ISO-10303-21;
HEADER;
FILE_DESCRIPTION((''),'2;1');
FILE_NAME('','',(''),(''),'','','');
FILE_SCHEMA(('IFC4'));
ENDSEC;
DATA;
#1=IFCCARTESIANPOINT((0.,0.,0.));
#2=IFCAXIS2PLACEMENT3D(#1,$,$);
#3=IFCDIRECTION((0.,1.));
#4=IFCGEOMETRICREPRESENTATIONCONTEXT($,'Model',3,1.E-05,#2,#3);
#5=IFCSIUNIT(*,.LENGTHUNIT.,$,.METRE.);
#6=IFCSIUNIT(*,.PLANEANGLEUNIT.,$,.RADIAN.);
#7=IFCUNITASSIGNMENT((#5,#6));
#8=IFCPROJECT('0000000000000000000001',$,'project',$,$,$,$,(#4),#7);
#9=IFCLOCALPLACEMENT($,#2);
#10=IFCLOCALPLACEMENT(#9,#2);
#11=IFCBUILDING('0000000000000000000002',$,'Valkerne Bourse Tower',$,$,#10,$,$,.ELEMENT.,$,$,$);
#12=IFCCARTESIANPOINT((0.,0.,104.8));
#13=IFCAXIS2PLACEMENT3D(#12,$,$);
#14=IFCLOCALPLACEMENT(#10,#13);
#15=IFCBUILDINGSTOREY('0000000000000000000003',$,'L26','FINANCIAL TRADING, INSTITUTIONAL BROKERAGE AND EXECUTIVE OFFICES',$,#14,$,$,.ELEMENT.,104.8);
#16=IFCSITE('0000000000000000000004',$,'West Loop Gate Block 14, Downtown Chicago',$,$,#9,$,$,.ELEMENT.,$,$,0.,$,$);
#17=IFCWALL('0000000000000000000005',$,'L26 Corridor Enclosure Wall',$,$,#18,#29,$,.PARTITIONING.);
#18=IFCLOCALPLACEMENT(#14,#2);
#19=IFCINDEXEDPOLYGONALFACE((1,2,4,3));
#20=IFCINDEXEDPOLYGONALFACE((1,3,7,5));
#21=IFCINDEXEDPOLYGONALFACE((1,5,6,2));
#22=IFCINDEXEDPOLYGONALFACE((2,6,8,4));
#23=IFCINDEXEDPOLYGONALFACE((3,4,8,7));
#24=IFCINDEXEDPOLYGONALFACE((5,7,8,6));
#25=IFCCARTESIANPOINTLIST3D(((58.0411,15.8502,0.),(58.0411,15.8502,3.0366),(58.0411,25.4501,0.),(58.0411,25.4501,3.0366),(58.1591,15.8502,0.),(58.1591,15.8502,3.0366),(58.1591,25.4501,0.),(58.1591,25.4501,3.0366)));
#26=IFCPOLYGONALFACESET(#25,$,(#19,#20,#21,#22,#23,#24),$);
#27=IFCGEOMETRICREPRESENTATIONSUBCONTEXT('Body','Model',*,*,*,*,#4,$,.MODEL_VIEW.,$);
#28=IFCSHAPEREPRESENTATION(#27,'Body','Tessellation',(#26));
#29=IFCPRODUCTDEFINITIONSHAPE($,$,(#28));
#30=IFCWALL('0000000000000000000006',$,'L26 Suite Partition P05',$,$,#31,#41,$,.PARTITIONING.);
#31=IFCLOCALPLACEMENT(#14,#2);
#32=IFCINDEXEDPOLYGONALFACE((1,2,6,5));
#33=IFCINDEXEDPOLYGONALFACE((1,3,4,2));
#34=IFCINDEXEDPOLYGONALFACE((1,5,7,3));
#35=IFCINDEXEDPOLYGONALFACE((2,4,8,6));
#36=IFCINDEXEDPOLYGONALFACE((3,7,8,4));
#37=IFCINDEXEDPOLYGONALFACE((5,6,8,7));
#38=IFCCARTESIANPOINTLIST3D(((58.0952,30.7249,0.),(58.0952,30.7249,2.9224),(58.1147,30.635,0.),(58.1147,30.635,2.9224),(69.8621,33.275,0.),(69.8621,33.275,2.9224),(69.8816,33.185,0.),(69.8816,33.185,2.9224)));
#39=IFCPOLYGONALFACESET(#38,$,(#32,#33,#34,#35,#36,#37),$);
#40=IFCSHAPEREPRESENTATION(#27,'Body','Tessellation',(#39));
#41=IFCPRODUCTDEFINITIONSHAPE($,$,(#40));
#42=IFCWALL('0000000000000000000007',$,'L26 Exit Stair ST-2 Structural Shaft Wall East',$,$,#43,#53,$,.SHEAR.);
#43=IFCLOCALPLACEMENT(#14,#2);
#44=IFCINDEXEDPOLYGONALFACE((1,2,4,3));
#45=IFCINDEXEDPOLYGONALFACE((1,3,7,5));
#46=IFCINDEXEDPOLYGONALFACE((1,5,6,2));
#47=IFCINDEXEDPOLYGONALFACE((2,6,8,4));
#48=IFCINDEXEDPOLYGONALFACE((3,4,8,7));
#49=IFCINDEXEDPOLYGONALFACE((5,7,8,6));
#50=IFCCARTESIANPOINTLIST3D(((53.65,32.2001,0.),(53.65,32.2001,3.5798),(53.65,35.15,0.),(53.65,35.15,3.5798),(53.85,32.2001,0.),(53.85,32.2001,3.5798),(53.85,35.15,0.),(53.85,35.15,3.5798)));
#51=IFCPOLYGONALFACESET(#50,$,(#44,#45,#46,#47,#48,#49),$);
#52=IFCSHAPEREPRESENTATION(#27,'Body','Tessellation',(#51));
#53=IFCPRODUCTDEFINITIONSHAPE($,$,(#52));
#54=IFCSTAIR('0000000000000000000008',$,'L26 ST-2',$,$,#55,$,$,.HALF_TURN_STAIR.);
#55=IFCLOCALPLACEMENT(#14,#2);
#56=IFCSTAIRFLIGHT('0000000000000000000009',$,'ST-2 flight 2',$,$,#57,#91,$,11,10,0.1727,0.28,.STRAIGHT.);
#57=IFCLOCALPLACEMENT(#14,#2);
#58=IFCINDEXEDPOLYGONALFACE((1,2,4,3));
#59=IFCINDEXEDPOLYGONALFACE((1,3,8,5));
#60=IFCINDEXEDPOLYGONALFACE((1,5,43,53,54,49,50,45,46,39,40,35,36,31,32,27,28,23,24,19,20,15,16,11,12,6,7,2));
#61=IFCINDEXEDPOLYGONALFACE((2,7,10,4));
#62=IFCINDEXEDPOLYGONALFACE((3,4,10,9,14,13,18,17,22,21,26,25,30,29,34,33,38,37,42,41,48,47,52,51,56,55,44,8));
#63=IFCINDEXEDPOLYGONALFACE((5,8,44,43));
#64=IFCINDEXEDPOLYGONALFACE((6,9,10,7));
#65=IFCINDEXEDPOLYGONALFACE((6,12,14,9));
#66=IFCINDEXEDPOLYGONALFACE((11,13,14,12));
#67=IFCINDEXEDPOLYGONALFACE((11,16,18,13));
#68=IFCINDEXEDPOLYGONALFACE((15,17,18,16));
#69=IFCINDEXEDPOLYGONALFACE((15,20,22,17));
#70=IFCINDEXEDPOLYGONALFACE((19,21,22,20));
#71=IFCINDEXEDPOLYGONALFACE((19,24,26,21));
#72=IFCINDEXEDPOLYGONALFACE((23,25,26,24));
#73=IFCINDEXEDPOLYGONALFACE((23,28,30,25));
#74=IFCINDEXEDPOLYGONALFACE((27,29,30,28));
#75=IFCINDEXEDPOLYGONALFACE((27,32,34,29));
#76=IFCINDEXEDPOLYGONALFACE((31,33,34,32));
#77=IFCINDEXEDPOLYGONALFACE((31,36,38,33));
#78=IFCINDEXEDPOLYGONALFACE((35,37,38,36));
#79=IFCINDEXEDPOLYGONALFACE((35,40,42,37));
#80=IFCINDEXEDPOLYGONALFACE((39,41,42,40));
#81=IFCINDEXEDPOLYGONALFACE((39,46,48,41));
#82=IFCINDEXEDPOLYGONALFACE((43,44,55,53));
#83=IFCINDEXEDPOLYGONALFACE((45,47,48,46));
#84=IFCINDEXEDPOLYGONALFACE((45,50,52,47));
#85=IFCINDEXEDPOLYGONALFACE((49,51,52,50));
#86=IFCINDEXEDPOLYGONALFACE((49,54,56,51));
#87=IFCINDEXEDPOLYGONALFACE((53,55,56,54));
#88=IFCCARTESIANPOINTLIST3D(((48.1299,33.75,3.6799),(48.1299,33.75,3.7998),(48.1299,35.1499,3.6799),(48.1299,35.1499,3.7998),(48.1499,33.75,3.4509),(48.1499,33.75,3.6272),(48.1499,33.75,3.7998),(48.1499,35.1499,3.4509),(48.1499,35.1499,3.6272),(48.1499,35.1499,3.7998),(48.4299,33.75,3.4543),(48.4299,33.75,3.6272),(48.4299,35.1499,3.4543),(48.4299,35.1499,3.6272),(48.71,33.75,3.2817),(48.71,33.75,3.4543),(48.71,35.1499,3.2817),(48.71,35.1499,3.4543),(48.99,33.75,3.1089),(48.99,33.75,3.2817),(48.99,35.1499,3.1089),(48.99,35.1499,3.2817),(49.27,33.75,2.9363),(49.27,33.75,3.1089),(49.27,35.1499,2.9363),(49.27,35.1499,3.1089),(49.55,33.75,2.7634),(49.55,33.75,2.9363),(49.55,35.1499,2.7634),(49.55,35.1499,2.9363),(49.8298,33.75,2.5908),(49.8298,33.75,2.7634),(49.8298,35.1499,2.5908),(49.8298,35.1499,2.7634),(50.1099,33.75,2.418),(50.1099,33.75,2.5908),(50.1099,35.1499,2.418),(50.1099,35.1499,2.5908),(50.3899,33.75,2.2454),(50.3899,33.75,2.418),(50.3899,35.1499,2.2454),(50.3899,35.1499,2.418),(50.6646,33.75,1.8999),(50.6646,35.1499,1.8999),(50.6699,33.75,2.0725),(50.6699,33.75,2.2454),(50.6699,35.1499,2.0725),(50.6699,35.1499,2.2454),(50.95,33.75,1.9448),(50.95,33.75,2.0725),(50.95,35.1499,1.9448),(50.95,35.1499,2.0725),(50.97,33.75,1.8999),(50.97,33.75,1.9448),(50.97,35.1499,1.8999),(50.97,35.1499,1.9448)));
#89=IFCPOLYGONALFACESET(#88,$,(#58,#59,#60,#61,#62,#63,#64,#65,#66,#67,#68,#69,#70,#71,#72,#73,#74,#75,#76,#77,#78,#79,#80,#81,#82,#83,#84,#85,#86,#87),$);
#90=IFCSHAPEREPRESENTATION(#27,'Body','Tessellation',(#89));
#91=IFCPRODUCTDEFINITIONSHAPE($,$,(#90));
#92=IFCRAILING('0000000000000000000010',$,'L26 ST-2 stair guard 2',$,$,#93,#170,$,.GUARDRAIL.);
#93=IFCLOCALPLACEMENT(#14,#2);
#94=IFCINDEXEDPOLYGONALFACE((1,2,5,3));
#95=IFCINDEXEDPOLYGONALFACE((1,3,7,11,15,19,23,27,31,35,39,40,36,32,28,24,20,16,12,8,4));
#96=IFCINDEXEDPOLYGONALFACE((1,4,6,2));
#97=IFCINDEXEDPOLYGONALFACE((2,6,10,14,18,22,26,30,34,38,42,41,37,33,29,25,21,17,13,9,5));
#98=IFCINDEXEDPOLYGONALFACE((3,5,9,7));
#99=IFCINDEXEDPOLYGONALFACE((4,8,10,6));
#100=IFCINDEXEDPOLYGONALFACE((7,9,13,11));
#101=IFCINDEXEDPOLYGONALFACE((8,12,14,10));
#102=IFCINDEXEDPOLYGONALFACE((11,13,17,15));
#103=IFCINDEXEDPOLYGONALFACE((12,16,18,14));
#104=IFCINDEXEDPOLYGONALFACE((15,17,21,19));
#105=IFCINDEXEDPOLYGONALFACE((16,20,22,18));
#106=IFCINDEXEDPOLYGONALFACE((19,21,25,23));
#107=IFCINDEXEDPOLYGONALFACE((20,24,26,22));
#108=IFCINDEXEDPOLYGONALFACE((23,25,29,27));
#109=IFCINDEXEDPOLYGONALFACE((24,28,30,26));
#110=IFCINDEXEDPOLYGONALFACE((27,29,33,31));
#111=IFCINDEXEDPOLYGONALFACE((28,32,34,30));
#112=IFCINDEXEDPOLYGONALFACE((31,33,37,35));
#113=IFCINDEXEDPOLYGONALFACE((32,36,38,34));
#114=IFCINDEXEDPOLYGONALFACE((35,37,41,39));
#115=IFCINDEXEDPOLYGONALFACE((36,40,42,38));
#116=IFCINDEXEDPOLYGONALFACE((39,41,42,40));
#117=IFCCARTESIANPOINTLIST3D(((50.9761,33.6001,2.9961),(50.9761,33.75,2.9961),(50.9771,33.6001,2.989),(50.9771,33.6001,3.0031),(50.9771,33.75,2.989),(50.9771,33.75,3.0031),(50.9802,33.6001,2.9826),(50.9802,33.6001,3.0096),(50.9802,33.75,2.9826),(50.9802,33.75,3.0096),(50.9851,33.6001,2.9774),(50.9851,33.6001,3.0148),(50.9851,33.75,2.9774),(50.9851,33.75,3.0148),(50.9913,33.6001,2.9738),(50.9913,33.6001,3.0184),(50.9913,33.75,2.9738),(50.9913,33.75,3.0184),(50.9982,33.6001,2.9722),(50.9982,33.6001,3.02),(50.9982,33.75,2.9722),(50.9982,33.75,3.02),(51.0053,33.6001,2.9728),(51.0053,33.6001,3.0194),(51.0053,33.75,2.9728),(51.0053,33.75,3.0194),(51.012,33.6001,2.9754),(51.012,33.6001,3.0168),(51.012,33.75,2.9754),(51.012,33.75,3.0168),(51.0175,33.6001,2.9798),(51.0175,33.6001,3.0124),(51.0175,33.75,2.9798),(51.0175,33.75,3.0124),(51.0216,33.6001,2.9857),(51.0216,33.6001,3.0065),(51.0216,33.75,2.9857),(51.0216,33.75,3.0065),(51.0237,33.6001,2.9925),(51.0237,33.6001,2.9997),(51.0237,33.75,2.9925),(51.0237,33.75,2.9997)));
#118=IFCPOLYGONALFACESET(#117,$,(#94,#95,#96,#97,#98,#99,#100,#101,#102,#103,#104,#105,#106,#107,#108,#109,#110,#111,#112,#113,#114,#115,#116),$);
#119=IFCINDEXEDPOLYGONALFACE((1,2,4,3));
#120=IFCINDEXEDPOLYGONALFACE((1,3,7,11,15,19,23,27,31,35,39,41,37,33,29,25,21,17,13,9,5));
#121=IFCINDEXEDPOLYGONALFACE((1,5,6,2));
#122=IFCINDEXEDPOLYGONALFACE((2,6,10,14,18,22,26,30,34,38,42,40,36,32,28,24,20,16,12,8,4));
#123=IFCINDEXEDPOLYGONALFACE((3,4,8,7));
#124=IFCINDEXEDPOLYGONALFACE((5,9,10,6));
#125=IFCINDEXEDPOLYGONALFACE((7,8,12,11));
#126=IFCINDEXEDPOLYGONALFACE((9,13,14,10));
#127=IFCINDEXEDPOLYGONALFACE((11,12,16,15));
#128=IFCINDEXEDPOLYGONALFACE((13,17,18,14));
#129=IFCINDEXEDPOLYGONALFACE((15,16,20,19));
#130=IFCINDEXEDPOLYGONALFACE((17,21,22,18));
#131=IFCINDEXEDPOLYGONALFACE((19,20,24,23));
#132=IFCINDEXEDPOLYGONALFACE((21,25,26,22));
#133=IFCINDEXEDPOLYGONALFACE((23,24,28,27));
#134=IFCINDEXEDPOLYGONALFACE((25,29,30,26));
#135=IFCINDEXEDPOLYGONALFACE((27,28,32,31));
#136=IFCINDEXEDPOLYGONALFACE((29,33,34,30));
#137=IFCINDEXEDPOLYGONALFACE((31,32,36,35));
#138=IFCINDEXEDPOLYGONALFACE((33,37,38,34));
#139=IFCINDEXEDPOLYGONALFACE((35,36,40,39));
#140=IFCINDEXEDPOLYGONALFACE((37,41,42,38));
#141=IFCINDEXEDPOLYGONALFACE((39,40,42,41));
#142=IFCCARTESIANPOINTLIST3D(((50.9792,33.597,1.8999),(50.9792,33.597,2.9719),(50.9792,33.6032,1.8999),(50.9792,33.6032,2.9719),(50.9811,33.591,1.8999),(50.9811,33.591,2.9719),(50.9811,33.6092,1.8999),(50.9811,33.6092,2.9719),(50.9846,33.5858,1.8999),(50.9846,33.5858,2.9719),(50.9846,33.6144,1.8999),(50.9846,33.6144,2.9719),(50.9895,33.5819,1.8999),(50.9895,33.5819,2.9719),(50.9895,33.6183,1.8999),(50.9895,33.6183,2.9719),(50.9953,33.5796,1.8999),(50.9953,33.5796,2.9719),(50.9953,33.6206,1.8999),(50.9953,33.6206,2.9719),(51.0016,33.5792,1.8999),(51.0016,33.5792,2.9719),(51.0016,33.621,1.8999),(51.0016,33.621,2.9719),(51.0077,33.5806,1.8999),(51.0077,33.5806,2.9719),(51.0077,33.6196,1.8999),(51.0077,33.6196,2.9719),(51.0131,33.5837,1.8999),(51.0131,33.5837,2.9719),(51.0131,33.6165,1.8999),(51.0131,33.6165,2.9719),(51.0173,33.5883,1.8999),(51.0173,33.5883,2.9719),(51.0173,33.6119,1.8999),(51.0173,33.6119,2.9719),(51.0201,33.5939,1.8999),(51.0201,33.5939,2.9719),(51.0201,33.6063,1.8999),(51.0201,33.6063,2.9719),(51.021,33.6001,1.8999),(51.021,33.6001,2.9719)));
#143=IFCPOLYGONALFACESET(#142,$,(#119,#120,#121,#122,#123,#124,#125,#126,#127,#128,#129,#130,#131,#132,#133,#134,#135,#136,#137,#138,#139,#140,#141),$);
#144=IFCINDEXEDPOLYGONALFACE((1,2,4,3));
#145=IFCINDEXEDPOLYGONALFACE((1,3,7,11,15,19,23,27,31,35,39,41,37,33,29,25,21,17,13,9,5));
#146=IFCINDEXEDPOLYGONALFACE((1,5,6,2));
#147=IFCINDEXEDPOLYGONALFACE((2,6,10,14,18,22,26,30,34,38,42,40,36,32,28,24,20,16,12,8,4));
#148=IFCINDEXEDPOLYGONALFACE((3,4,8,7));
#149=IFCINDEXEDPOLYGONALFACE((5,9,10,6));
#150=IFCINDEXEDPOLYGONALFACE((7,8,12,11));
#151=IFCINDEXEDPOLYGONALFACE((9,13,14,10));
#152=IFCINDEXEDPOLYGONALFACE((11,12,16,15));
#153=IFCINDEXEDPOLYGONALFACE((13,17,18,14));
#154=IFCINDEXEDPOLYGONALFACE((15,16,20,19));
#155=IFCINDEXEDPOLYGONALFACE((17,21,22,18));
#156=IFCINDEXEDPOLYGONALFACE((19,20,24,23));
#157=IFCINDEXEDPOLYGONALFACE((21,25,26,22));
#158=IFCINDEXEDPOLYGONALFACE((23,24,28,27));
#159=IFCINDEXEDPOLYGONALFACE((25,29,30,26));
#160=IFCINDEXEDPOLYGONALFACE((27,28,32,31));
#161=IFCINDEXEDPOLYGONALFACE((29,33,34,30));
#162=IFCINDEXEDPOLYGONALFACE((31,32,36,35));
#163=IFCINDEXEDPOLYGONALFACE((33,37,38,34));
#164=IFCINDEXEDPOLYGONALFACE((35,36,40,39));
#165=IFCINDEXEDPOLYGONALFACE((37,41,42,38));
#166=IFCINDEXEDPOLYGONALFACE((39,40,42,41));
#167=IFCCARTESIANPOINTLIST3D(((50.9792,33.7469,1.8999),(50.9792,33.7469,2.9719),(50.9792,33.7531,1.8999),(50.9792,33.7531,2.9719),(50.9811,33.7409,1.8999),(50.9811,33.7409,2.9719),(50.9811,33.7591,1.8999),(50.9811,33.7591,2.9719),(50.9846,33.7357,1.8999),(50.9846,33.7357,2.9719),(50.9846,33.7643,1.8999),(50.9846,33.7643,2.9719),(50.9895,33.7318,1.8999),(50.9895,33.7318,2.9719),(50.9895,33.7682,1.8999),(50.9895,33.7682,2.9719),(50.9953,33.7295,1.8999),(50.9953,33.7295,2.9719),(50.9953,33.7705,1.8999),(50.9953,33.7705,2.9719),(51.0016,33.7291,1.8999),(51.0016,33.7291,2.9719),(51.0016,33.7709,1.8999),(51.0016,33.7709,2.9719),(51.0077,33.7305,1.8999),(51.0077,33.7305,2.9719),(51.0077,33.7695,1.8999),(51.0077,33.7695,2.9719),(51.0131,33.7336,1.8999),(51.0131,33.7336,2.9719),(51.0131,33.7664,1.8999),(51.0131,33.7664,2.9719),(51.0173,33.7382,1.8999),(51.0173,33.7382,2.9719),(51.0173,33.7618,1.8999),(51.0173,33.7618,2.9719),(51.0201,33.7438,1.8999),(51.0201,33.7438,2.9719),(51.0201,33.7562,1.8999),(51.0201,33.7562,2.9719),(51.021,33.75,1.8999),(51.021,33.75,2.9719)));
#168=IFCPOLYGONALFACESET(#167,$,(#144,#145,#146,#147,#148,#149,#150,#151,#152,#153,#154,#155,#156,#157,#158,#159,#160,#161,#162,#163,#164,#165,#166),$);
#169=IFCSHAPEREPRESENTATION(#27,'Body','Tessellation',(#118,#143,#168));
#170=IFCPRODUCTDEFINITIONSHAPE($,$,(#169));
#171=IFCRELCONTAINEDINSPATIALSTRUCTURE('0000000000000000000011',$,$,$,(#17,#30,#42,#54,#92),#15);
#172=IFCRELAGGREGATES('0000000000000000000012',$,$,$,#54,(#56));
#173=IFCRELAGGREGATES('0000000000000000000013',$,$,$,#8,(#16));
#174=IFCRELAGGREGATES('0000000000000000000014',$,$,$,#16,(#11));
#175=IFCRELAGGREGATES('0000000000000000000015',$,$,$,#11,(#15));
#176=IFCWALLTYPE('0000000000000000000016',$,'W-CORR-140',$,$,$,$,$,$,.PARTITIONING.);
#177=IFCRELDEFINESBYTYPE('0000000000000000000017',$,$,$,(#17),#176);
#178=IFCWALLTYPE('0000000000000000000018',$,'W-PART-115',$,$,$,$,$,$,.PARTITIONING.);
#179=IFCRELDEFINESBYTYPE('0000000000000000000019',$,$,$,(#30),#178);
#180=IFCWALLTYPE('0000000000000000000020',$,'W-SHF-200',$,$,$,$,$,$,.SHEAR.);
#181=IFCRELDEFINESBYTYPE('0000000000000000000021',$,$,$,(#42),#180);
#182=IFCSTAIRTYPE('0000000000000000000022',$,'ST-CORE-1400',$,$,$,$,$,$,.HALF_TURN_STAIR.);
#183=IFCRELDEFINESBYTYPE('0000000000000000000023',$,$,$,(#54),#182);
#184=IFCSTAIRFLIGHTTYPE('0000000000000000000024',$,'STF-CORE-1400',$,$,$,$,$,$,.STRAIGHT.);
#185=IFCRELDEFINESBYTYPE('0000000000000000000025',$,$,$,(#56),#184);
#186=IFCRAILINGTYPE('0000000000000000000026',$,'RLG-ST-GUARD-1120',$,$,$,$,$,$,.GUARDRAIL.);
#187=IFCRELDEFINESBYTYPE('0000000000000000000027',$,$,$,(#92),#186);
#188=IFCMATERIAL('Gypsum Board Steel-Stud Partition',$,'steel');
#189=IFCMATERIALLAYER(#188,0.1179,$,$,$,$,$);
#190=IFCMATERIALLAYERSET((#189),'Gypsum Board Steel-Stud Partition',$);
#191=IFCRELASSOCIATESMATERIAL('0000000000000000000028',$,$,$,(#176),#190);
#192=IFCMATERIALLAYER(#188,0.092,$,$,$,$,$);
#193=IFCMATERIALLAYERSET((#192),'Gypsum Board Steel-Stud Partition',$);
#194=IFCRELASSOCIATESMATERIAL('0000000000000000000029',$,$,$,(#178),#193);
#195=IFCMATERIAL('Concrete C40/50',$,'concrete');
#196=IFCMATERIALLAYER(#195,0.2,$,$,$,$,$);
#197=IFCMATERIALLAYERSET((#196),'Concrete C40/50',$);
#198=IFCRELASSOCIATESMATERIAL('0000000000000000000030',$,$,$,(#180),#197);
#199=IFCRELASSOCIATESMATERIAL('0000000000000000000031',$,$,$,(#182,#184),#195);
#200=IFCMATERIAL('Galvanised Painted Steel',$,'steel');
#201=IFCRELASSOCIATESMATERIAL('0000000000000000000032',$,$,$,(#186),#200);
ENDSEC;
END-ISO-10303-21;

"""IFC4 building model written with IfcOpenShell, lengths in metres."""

from ifc_helpers import new_model, si_unit, direction, frame, frame_2d, origin, origin_2d, place, context, subcontext, project, spatial, polyline, rectangle, circle, outline, extrude, material, layer, layer_set, type_object, element, aggregate, save


model = new_model("IFC4")

# Units and contexts
model_context = context("Model", 3, precision=1e-05, world=origin(), true_north=direction((0.0, 1.0)))
body_context = subcontext(model_context, "Body", "Model", "MODEL_VIEW")
ifc_project = project(units=[si_unit("LENGTHUNIT", "METRE"), si_unit("PLANEANGLEUNIT", "RADIAN")], contexts=[model_context])

# Site, building, storey
site_placement = place(None, origin())
site = spatial("IfcSite", under=ifc_project, at=site_placement, Name="West Loop Gate Block 14, Downtown Chicago", CompositionType="ELEMENT", RefElevation=0.0)
building_placement = place(site_placement, origin())
building = spatial("IfcBuilding", under=site, at=building_placement, Name="Valkerne Bourse Tower", CompositionType="ELEMENT")
storey_placement = place(building_placement, frame((0.0, 0.0, 104.8)))
storey = spatial("IfcBuildingStorey", under=building, at=storey_placement, Name="L26", Description="FINANCIAL TRADING, INSTITUTIONAL BROKERAGE AND EXECUTIVE OFFICES", CompositionType="ELEMENT", Elevation=104.8)

# Wall
ifc_material_1 = material(Name="Gypsum Board Steel-Stud Partition", Category="steel")
ifc_layer_1 = layer(ifc_material_1, 0.1179)
ifc_layer_set_1 = layer_set([ifc_layer_1], Name="Gypsum Board Steel-Stud Partition")
wall_type_1 = type_object("IfcWallType", Name="W-CORR-140", PredefinedType="PARTITIONING", material=ifc_layer_set_1)
wall_1_placement = place(storey_placement, frame((58.1001, 25.45, 0.0), z_axis=(0.0, 0.0, 1.0), x_axis=(0.0, -1.0, 0.0)))
element("IfcWall", 1, at=wall_1_placement, inside=storey, type_object=wall_type_1, Name="L26 Corridor Enclosure Wall", PredefinedType="PARTITIONING", context=body_context, shape_type="SweptSolid", body=[
    extrude(rectangle(XDim=9.5999, YDim=0.1179, at=frame_2d((4.7998, 0.0))), origin(), (0.0, 0.0, 1.0), 3.0366),
])

# Walls
ifc_layer_2 = layer(ifc_material_1, 0.092)
ifc_layer_set_2 = layer_set([ifc_layer_2], Name="Gypsum Board Steel-Stud Partition")
wall_type_2 = type_object("IfcWallType", Name="W-PART-115", PredefinedType="PARTITIONING", material=ifc_layer_set_2)
wall_2_placement = place(storey_placement, frame((58.105, 30.6799, 0.0), z_axis=(0.0, 0.0, 1.0), x_axis=(0.977313, 0.211798, 0.0)))
element("IfcWall", 2, at=wall_2_placement, inside=storey, type_object=wall_type_2, Name="L26 Suite Partition P05", PredefinedType="PARTITIONING", context=body_context, shape_type="SweptSolid", body=[
    extrude(rectangle(XDim=12.04, YDim=0.092, at=frame_2d((6.02, 0.0))), origin(), (0.0, 0.0, 1.0), 2.9224),
])
ifc_material_2 = material(Name="Concrete C40/50", Category="concrete")
ifc_layer_3 = layer(ifc_material_2, 0.2)
ifc_layer_set_3 = layer_set([ifc_layer_3], Name="Concrete C40/50")
wall_type_3 = type_object("IfcWallType", Name="W-SHF-200", PredefinedType="SHEAR", material=ifc_layer_set_3)
wall_3_placement = place(storey_placement, frame((53.75, 32.2, 0.0), z_axis=(0.0, 0.0, 1.0), x_axis=(0.0, 1.0, 0.0)))
element("IfcWall", 3, at=wall_3_placement, inside=storey, type_object=wall_type_3, Name="L26 Exit Stair ST-2 Structural Shaft Wall East", PredefinedType="SHEAR", context=body_context, shape_type="SweptSolid", body=[
    extrude(rectangle(XDim=2.95, YDim=0.2, at=frame_2d((1.4751, 0.0))), origin(), (0.0, 0.0, 1.0), 3.5798),
])

# Stair, stair flight
stair_type = type_object("IfcStairType", Name="ST-CORE-1400", PredefinedType="HALF_TURN_STAIR", material=ifc_material_2)
stair_placement = place(storey_placement, origin())
stair = element("IfcStair", 4, at=stair_placement, inside=storey, type_object=stair_type, Name="L26 ST-2", PredefinedType="HALF_TURN_STAIR")
stair_flight_type = type_object("IfcStairFlightType", Name="STF-CORE-1400", PredefinedType="STRAIGHT", material=ifc_material_2)
stair_flight_placement = place(storey_placement, frame((50.95, 34.45, 1.8999), z_axis=(0.0, 0.0, 1.0), x_axis=(-1.0, 0.0, 0.0)))
stair_flight = element("IfcStairFlight", 5, at=stair_flight_placement, type_object=stair_flight_type, Name="ST-2 flight 2", NumberOfRisers=11, NumberOfTreads=10, PredefinedType="STRAIGHT", RiserHeight=0.1727, TreadLength=0.28, context=body_context, shape_type="SweptSolid", body=[
    extrude(outline(polyline([(-0.02, 0.0), (-0.02, 0.0449), (0.0, 0.0449), (0.0, 0.1726), (0.28, 0.1726), (0.28, 0.3455), (0.5601, 0.3455), (0.5601, 0.5181), (0.8401, 0.5181), (0.8401, 0.6909), (1.1201, 0.6909), (1.1201, 0.8635), (1.3999, 0.8635), (1.3999, 1.0364), (1.6799, 1.0364), (1.6799, 1.209), (1.96, 1.209), (1.96, 1.3818), (2.24, 1.3818), (2.24, 1.5544), (2.52, 1.5544), (2.52, 1.7273), (2.8, 1.7273), (2.8, 1.8999), (2.8201, 1.8999), (2.8201, 1.78), (2.8, 1.551), (0.2854, 0.0), (-0.02, 0.0)])), frame((0.0, 0.7, 0.0), z_axis=(0.0, -1.0, 0.0), x_axis=(1.0, 0.0, 0.0)), (0.0, 0.0, 1.0), 1.3999),
])
aggregate(stair, [stair_flight])

# Railing
ifc_material_3 = material(Name="Galvanised Painted Steel", Category="steel")
railing_type_1 = type_object("IfcRailingType", Name="RLG-ST-GUARD-1120", PredefinedType="GUARDRAIL", material=ifc_material_3)
railing_1_placement = place(storey_placement, frame((51.0, 33.6001, 1.8999)))
element("IfcRailing", 6, at=railing_1_placement, inside=storey, type_object=railing_type_1, Name="L26 ST-2 stair guard 2", PredefinedType="GUARDRAIL", context=body_context, shape_type="SweptSolid", body=[
    extrude(circle(Radius=0.0239, at=origin_2d()), frame((0.0, 0.0, 1.0962), z_axis=(0.0, 1.0, 0.0), x_axis=(-1.0, 0.0, 0.0)), (0.0, 0.0, 1.0), 0.1499),
    extrude(circle(Radius=0.021, at=origin_2d()), origin(), (0.0, 0.0, 1.0), 1.072),
    extrude(circle(Radius=0.021, at=origin_2d()), frame((0.0, 0.1499, 0.0)), (0.0, 0.0, 1.0), 1.072),
])

save(model, "model.ifc")
